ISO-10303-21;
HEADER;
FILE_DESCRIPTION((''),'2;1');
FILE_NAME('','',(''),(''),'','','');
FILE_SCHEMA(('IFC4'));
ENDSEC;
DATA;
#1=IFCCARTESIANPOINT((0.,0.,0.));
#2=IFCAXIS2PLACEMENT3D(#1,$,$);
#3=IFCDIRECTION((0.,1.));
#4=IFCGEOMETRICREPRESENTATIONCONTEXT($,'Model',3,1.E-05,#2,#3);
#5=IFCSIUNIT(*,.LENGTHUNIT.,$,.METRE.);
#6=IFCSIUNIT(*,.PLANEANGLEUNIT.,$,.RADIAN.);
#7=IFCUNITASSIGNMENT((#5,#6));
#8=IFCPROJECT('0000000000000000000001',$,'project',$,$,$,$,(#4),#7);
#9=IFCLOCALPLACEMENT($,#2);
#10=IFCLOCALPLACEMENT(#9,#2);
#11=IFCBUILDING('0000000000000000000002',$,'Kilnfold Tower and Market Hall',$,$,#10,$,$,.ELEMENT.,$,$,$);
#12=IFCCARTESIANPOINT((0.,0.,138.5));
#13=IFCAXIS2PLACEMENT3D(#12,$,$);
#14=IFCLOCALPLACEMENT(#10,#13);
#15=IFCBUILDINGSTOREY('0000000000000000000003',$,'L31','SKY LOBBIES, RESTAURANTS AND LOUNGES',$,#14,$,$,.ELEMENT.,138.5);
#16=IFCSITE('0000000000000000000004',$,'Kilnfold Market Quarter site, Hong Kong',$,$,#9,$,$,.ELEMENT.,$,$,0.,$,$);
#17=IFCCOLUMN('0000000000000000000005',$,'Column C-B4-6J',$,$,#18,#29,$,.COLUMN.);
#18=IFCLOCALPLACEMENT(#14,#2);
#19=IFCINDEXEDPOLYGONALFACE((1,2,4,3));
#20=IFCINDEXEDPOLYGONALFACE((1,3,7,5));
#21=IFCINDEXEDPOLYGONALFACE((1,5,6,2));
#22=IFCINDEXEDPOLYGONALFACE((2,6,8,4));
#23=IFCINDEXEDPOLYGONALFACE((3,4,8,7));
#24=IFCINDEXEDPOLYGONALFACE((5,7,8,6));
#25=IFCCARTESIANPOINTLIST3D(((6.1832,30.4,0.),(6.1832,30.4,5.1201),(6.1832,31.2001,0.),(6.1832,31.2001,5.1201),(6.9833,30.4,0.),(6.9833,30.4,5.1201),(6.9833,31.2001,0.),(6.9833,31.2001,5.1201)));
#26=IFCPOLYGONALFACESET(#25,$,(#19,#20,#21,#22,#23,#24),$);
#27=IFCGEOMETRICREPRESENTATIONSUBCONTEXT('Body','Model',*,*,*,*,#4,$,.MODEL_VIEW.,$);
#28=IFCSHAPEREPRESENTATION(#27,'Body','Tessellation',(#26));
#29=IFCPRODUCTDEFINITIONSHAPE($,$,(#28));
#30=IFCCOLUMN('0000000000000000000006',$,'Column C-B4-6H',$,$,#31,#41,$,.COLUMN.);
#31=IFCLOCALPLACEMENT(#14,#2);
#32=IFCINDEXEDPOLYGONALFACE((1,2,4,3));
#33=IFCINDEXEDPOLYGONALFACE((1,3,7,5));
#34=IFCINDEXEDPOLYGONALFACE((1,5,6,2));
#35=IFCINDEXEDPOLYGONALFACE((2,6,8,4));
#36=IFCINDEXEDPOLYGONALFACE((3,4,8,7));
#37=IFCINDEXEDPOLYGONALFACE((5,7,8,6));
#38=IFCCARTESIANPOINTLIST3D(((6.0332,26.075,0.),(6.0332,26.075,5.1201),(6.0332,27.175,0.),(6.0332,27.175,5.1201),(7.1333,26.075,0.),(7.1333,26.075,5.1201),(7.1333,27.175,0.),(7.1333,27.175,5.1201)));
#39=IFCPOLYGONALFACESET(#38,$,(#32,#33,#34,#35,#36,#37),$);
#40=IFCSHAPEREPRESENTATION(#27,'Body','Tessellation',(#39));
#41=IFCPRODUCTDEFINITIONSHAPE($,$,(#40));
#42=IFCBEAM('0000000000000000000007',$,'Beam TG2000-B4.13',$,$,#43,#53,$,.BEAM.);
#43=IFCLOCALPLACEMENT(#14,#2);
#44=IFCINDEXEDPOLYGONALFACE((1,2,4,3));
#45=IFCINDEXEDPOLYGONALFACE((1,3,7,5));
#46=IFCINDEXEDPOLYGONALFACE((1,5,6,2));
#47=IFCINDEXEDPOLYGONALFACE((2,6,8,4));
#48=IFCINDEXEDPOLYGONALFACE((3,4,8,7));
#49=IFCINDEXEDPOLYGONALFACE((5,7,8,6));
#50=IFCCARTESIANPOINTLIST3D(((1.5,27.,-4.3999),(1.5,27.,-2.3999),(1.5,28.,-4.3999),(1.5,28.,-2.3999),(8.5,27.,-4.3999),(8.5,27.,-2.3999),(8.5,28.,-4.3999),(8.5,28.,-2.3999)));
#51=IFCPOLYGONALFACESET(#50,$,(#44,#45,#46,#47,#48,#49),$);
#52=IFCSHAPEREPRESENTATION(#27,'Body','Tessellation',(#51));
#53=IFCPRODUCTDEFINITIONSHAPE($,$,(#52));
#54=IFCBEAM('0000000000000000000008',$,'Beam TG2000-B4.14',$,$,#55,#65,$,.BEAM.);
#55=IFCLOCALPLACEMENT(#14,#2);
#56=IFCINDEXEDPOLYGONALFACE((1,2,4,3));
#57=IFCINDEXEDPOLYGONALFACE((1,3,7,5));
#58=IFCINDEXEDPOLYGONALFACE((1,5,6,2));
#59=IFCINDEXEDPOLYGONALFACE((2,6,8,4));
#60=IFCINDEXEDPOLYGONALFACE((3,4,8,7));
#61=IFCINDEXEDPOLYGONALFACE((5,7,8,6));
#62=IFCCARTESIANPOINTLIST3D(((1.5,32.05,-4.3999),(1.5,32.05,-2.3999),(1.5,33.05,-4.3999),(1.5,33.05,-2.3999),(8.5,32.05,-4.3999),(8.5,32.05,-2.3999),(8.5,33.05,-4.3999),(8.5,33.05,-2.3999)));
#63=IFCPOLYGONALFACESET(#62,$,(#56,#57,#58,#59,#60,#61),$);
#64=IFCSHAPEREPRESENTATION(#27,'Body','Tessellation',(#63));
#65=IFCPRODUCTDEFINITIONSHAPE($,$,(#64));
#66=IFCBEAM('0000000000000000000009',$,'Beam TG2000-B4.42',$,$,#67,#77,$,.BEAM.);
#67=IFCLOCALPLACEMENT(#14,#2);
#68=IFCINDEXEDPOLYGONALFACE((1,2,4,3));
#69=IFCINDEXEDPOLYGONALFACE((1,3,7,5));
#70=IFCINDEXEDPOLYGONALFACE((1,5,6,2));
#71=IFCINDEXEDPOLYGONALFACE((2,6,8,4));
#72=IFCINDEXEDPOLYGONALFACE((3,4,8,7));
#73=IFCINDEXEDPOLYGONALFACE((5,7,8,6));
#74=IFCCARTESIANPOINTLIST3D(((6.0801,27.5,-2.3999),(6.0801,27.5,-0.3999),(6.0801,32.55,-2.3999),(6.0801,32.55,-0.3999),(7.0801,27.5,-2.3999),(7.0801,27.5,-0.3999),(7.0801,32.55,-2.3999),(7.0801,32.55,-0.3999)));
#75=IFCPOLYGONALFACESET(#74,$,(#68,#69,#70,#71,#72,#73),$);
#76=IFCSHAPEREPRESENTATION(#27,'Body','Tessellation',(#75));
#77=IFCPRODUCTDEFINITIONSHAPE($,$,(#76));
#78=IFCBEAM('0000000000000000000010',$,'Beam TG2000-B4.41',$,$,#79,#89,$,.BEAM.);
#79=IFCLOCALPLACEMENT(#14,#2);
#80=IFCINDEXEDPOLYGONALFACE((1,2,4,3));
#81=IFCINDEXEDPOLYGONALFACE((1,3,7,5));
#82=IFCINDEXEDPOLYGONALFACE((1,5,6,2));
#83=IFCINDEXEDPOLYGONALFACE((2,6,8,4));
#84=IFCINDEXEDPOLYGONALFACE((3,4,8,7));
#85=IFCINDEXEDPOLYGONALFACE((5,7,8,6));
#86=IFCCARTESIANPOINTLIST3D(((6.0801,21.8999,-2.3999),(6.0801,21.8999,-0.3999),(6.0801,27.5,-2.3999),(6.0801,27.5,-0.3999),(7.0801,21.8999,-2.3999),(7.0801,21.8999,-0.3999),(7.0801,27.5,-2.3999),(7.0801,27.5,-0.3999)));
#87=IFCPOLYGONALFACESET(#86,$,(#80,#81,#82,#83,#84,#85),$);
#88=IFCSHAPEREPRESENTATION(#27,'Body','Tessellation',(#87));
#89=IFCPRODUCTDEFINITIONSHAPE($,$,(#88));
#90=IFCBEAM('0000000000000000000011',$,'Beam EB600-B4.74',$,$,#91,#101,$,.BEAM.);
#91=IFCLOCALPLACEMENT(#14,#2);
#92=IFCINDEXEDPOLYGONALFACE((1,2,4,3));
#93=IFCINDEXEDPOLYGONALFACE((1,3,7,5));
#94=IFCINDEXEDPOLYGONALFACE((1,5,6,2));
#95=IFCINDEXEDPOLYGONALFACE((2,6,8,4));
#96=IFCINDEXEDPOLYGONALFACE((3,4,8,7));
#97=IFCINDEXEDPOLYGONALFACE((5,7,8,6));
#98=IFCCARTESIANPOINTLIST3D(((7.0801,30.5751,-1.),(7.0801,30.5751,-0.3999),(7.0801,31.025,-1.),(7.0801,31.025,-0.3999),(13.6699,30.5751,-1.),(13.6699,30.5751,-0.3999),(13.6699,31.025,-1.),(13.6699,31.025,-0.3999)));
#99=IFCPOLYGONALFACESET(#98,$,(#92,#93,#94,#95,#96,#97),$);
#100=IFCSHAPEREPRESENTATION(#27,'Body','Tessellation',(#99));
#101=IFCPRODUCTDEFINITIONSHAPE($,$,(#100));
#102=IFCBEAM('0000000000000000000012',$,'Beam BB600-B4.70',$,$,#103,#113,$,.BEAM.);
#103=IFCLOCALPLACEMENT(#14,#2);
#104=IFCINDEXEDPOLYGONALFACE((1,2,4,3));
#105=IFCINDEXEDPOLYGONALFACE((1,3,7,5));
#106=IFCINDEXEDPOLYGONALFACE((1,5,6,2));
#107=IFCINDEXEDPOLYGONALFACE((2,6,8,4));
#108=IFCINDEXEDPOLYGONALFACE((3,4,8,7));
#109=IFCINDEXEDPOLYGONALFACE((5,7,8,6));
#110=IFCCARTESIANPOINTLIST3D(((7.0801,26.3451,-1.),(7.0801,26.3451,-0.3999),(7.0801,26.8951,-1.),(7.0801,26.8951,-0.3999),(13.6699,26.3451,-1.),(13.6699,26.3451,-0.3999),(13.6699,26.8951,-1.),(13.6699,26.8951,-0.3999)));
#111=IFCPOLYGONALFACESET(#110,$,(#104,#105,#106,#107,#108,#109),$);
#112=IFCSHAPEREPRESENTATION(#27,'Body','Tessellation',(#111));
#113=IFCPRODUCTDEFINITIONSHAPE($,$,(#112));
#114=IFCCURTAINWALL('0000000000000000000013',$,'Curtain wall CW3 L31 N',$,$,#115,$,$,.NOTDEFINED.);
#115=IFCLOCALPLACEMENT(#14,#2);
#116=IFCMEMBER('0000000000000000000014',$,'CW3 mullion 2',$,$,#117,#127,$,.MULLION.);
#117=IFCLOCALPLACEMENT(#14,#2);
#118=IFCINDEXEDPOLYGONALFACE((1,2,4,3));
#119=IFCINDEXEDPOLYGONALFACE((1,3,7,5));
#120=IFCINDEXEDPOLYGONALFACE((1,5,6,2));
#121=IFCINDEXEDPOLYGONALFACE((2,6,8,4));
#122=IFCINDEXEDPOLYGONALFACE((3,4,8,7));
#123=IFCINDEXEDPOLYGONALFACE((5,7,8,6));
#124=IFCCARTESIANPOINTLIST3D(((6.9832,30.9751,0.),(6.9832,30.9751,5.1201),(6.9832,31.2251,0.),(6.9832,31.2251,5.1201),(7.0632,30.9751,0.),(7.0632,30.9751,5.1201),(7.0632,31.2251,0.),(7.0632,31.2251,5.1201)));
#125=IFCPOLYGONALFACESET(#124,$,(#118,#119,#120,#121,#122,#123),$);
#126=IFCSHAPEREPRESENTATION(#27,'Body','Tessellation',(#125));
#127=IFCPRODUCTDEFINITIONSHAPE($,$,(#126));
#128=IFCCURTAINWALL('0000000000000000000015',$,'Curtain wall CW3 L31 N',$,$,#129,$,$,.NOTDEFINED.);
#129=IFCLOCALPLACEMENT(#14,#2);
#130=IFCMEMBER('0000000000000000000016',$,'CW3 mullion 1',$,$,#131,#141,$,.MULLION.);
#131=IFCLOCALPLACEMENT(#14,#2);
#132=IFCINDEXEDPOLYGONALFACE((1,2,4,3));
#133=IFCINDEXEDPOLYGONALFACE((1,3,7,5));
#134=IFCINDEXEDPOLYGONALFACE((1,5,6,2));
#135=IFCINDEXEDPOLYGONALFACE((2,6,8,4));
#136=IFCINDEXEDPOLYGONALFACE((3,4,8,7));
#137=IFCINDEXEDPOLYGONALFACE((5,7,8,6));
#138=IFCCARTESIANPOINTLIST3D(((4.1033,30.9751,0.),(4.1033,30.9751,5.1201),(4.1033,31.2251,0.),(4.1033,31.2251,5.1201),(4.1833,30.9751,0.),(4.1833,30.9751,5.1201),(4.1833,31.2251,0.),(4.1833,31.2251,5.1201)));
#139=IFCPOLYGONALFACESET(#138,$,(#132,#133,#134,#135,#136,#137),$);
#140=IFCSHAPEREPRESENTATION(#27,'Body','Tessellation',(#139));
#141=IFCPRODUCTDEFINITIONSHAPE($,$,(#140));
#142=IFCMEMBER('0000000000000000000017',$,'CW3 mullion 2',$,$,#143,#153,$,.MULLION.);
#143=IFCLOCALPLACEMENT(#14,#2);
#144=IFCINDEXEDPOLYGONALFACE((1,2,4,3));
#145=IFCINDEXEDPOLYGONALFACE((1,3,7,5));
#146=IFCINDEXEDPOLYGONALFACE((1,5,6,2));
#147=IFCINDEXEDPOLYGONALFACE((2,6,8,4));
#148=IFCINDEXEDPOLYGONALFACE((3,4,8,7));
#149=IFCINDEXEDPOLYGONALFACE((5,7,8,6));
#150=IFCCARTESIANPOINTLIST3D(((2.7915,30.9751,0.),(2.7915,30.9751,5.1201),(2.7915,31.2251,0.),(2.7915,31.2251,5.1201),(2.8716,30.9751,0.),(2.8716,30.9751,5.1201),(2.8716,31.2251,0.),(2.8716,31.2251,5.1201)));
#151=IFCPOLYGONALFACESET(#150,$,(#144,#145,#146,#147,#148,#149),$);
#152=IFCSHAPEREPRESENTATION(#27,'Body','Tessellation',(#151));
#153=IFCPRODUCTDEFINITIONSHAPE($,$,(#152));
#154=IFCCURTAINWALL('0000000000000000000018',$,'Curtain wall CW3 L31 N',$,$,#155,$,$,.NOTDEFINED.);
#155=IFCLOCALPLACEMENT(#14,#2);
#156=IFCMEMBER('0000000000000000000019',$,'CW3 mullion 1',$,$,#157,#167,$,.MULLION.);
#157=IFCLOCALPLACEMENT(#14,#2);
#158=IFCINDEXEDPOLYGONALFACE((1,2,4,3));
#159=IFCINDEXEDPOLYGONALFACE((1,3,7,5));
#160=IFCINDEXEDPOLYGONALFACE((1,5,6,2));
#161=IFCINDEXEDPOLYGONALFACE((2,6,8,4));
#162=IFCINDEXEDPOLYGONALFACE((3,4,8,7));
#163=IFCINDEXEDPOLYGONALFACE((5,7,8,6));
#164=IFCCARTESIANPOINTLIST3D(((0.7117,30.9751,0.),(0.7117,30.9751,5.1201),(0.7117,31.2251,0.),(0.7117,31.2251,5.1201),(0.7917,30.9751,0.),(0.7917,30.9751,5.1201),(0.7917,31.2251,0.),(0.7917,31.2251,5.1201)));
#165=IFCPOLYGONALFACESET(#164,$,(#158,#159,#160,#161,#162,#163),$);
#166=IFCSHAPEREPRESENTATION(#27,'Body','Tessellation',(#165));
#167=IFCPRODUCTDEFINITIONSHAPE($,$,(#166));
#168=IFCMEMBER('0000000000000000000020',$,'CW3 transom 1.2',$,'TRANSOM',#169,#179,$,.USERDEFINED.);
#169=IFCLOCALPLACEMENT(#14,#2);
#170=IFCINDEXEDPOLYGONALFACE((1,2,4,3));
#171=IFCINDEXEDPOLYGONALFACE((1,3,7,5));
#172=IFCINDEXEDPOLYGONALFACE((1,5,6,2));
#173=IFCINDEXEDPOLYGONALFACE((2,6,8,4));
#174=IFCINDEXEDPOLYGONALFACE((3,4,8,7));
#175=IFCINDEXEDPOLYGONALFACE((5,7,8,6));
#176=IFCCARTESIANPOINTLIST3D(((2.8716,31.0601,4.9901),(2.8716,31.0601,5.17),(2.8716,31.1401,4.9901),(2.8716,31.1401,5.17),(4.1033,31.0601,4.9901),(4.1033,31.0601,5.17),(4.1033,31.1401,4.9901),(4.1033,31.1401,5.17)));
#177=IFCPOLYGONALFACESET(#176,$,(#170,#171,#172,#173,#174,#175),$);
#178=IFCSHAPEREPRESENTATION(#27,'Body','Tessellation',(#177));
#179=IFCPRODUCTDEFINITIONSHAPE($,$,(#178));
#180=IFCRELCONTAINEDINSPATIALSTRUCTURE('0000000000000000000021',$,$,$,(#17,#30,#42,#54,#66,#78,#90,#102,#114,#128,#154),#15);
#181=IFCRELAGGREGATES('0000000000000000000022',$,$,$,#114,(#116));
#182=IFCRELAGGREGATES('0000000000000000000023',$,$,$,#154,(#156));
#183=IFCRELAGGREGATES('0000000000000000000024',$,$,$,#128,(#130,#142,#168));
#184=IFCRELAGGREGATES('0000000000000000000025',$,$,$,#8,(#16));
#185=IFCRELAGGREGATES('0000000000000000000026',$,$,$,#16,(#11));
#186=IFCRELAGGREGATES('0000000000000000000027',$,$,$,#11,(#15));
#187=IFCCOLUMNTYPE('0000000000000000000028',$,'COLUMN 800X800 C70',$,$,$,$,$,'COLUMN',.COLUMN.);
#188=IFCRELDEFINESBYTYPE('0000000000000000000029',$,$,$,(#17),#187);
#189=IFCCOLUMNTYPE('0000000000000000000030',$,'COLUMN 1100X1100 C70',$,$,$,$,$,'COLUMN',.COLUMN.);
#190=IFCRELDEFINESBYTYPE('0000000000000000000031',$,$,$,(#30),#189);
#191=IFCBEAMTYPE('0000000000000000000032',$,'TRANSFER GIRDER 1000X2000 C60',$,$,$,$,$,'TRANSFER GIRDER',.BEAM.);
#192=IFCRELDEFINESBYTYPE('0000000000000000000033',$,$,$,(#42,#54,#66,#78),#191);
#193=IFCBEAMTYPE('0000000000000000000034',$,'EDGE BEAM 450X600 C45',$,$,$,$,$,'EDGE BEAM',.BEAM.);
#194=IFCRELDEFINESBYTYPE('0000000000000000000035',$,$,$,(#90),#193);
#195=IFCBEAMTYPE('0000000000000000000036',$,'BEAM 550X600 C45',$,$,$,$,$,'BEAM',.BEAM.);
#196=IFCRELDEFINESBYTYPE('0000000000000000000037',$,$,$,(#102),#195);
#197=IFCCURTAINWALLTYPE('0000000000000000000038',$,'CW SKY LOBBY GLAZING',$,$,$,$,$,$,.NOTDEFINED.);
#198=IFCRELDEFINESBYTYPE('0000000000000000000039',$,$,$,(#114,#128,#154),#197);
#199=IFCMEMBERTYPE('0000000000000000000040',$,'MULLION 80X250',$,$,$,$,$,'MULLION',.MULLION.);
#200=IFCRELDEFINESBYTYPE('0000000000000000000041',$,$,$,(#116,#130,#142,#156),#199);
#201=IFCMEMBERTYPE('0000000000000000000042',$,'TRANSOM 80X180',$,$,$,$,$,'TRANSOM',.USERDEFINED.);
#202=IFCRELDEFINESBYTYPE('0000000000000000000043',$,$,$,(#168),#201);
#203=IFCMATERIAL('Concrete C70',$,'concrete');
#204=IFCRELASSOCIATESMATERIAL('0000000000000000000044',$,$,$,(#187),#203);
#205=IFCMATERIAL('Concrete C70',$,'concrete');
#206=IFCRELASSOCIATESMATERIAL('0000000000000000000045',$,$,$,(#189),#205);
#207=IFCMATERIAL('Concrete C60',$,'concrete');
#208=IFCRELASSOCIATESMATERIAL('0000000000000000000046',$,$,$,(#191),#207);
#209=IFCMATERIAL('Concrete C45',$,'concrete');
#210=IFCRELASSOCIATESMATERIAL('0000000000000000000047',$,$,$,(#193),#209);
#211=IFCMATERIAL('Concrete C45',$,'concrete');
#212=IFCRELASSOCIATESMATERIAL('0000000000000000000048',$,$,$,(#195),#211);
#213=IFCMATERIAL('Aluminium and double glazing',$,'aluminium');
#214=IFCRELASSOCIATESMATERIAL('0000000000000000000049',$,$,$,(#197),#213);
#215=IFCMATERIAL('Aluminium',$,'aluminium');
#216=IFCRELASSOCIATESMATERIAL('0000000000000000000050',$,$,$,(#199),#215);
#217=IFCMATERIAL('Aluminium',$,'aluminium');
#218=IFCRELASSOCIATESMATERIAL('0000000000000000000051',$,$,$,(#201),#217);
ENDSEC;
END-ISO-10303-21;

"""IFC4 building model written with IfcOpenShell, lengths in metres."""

from ifc_helpers import new_model, si_unit, direction, frame, origin, origin_2d, place, context, subcontext, project, spatial, rectangle, extrude, source, transform, mapped, material, material_profile, profile_set, type_object, element, aggregate, save


model = new_model("IFC4")

# Units and contexts
model_context = context("Model", 3, precision=1e-05, world=origin(), true_north=direction((0.0, 1.0)))
body_context = subcontext(model_context, "Body", "Model", "MODEL_VIEW")
ifc_project = project(units=[si_unit("LENGTHUNIT", "METRE"), si_unit("PLANEANGLEUNIT", "RADIAN")], contexts=[model_context])

# Site, building, storey
site_placement = place(None, origin())
site = spatial("IfcSite", under=ifc_project, at=site_placement, Name="Kilnfold Market Quarter site, Hong Kong", CompositionType="ELEMENT", RefElevation=0.0)
building_placement = place(site_placement, origin())
building = spatial("IfcBuilding", under=site, at=building_placement, Name="Kilnfold Tower and Market Hall", CompositionType="ELEMENT")
storey_placement = place(building_placement, frame((0.0, 0.0, 138.5)))
storey = spatial("IfcBuildingStorey", under=building, at=storey_placement, Name="L31", Description="SKY LOBBIES, RESTAURANTS AND LOUNGES", CompositionType="ELEMENT", Elevation=138.5)

# Columns
ifc_material_1 = material(Name="Concrete C70", Category="concrete")
ifc_material_profile_1 = material_profile(ifc_material_1, rectangle(XDim=0.8, YDim=0.8, at=origin_2d()), Name="RC 800x800")
ifc_profile_set_1 = profile_set([ifc_material_profile_1], Name="Concrete C70")
column_type_1 = type_object("IfcColumnType", Name="COLUMN 800X800 C70", ElementType="COLUMN", PredefinedType="COLUMN", material=ifc_profile_set_1)
shared_shape_1 = source(origin(), body_context, "Body", "SweptSolid", [
    extrude(rectangle(XDim=0.8, YDim=0.8, at=origin_2d()), origin(), (0.0, 0.0, 1.0), 5.1201),
])
column_1_placement = place(storey_placement, frame((6.5833, 30.8, 0.0), z_axis=(0.0, 0.0, 1.0), x_axis=(1.0, 0.0, 0.0)))
element("IfcColumn", 1, at=column_1_placement, inside=storey, type_object=column_type_1, Name="Column C-B4-6J", PredefinedType="COLUMN", context=body_context, shape_type="MappedRepresentation", body=[
    mapped(shared_shape_1, transform((0.0, 0.0, 0.0))),
])
ifc_material_2 = material(Name="Concrete C70", Category="concrete")
ifc_material_profile_2 = material_profile(ifc_material_2, rectangle(XDim=1.1001, YDim=1.1001, at=origin_2d()), Name="RC 1100x1100")
ifc_profile_set_2 = profile_set([ifc_material_profile_2], Name="Concrete C70")
column_type_2 = type_object("IfcColumnType", Name="COLUMN 1100X1100 C70", ElementType="COLUMN", PredefinedType="COLUMN", material=ifc_profile_set_2)
shared_shape_2 = source(origin(), body_context, "Body", "SweptSolid", [
    extrude(rectangle(XDim=1.1001, YDim=1.1001, at=origin_2d()), origin(), (0.0, 0.0, 1.0), 5.1201),
])
column_2_placement = place(storey_placement, frame((6.5833, 26.625, 0.0), z_axis=(0.0, 0.0, 1.0), x_axis=(1.0, 0.0, 0.0)))
element("IfcColumn", 2, at=column_2_placement, inside=storey, type_object=column_type_2, Name="Column C-B4-6H", PredefinedType="COLUMN", context=body_context, shape_type="MappedRepresentation", body=[
    mapped(shared_shape_2, transform((0.0, 0.0, 0.0))),
])

# Beams
ifc_material_3 = material(Name="Concrete C60", Category="concrete")
ifc_material_profile_3 = material_profile(ifc_material_3, rectangle(XDim=1.0, YDim=2.0, at=origin_2d()), Name="RC 1000x2000")
ifc_profile_set_3 = profile_set([ifc_material_profile_3], Name="Concrete C60")
beam_type_1 = type_object("IfcBeamType", Name="TRANSFER GIRDER 1000X2000 C60", ElementType="TRANSFER GIRDER", PredefinedType="BEAM", material=ifc_profile_set_3)
shared_shape_3 = source(origin(), body_context, "Body", "SweptSolid", [
    extrude(rectangle(XDim=1.0, YDim=2.0, at=origin_2d()), origin(), (0.0, 0.0, 1.0), 7.0),
])
for number, where, z_axis, x_axis, name in (
    (3, (1.5, 27.5, -3.3999), (1.0, 0.0, 0.0), (0.0, 1.0, 0.0), "Beam TG2000-B4.13"),
    (4, (1.5, 32.55, -3.3999), (1.0, 0.0, 0.0), (0.0, 1.0, 0.0), "Beam TG2000-B4.14"),
):
    element("IfcBeam", number, at=place(storey_placement, frame(where, z_axis=z_axis, x_axis=x_axis)), inside=storey, type_object=beam_type_1, Name=name, PredefinedType="BEAM", context=body_context, shape_type="MappedRepresentation", body=[
        mapped(shared_shape_3, transform((0.0, 0.0, 0.0))),
    ])
shared_shape_4 = source(origin(), body_context, "Body", "SweptSolid", [
    extrude(rectangle(XDim=1.0, YDim=2.0, at=origin_2d()), origin(), (0.0, 0.0, 1.0), 5.05),
])
beam_1_placement = place(storey_placement, frame((6.5801, 27.5, -1.3999), z_axis=(0.0, 1.0, 0.0), x_axis=(-1.0, 0.0, 0.0)))
element("IfcBeam", 5, at=beam_1_placement, inside=storey, type_object=beam_type_1, Name="Beam TG2000-B4.42", PredefinedType="BEAM", context=body_context, shape_type="MappedRepresentation", body=[
    mapped(shared_shape_4, transform((0.0, 0.0, 0.0))),
])
shared_shape_5 = source(origin(), body_context, "Body", "SweptSolid", [
    extrude(rectangle(XDim=1.0, YDim=2.0, at=origin_2d()), origin(), (0.0, 0.0, 1.0), 5.6001),
])
beam_2_placement = place(storey_placement, frame((6.5801, 21.8999, -1.3999), z_axis=(0.0, 1.0, 0.0), x_axis=(-1.0, 0.0, 0.0)))
element("IfcBeam", 6, at=beam_2_placement, inside=storey, type_object=beam_type_1, Name="Beam TG2000-B4.41", PredefinedType="BEAM", context=body_context, shape_type="MappedRepresentation", body=[
    mapped(shared_shape_5, transform((0.0, 0.0, 0.0))),
])
ifc_material_4 = material(Name="Concrete C45", Category="concrete")
ifc_material_profile_4 = material_profile(ifc_material_4, rectangle(XDim=0.45, YDim=0.6001, at=origin_2d()), Name="RC 450x600")
ifc_profile_set_4 = profile_set([ifc_material_profile_4], Name="Concrete C45")
beam_type_2 = type_object("IfcBeamType", Name="EDGE BEAM 450X600 C45", ElementType="EDGE BEAM", PredefinedType="BEAM", material=ifc_profile_set_4)
shared_shape_6 = source(origin(), body_context, "Body", "SweptSolid", [
    extrude(rectangle(XDim=0.45, YDim=0.6001, at=origin_2d()), origin(), (0.0, 0.0, 1.0), 6.5898),
])
beam_3_placement = place(storey_placement, frame((7.0801, 30.8, -0.7), z_axis=(1.0, 0.0, 0.0), x_axis=(0.0, 1.0, 0.0)))
element("IfcBeam", 7, at=beam_3_placement, inside=storey, type_object=beam_type_2, Name="Beam EB600-B4.74", PredefinedType="BEAM", context=body_context, shape_type="MappedRepresentation", body=[
    mapped(shared_shape_6, transform((0.0, 0.0, 0.0))),
])
ifc_material_5 = material(Name="Concrete C45", Category="concrete")
ifc_material_profile_5 = material_profile(ifc_material_5, rectangle(XDim=0.55, YDim=0.6001, at=origin_2d()), Name="RC 550x600")
ifc_profile_set_5 = profile_set([ifc_material_profile_5], Name="Concrete C45")
beam_type_3 = type_object("IfcBeamType", Name="BEAM 550X600 C45", ElementType="BEAM", PredefinedType="BEAM", material=ifc_profile_set_5)
shared_shape_7 = source(origin(), body_context, "Body", "SweptSolid", [
    extrude(rectangle(XDim=0.55, YDim=0.6001, at=origin_2d()), origin(), (0.0, 0.0, 1.0), 6.5898),
])
beam_4_placement = place(storey_placement, frame((7.0801, 26.6201, -0.7), z_axis=(1.0, 0.0, 0.0), x_axis=(0.0, 1.0, 0.0)))
element("IfcBeam", 8, at=beam_4_placement, inside=storey, type_object=beam_type_3, Name="Beam BB600-B4.70", PredefinedType="BEAM", context=body_context, shape_type="MappedRepresentation", body=[
    mapped(shared_shape_7, transform((0.0, 0.0, 0.0))),
])

# Curtain wall, member
ifc_material_6 = material(Name="Aluminium and double glazing", Category="aluminium")
curtain_wall_type = type_object("IfcCurtainWallType", Name="CW SKY LOBBY GLAZING", PredefinedType="NOTDEFINED", material=ifc_material_6)
curtain_wall_1_placement = place(storey_placement, origin())
curtain_wall_1 = element("IfcCurtainWall", 9, at=curtain_wall_1_placement, inside=storey, type_object=curtain_wall_type, Name="Curtain wall CW3 L31 N", PredefinedType="NOTDEFINED")
ifc_material_7 = material(Name="Aluminium", Category="aluminium")
ifc_material_profile_6 = material_profile(ifc_material_7, rectangle(XDim=0.0801, YDim=0.25, at=origin_2d()), Name="MULLION 80x250")
ifc_profile_set_6 = profile_set([ifc_material_profile_6], Name="Aluminium")
member_type_1 = type_object("IfcMemberType", Name="MULLION 80X250", ElementType="MULLION", PredefinedType="MULLION", material=ifc_profile_set_6)
shared_shape_8 = source(origin(), body_context, "Body", "SweptSolid", [
    extrude(rectangle(XDim=0.0801, YDim=0.25, at=origin_2d()), origin(), (0.0, 0.0, 1.0), 5.1201),
])
member_1_placement = place(storey_placement, frame((7.0232, 31.1001, 0.0), z_axis=(0.0, 0.0, 1.0), x_axis=(-1.0, 0.0, 0.0)))
member_1 = element("IfcMember", 10, at=member_1_placement, type_object=member_type_1, Name="CW3 mullion 2", PredefinedType="MULLION", context=body_context, shape_type="MappedRepresentation", body=[
    mapped(shared_shape_8, transform((0.0, 0.0, 0.0))),
])
aggregate(curtain_wall_1, [member_1])

# Curtain wall, members
curtain_wall_2_placement = place(storey_placement, origin())
curtain_wall_2 = element("IfcCurtainWall", 11, at=curtain_wall_2_placement, inside=storey, type_object=curtain_wall_type, Name="Curtain wall CW3 L31 N", PredefinedType="NOTDEFINED")
member_2_placement = place(storey_placement, frame((4.1433, 31.1001, 0.0), z_axis=(0.0, 0.0, 1.0), x_axis=(-1.0, 0.0, 0.0)))
member_2 = element("IfcMember", 12, at=member_2_placement, type_object=member_type_1, Name="CW3 mullion 1", PredefinedType="MULLION", context=body_context, shape_type="MappedRepresentation", body=[
    mapped(shared_shape_8, transform((0.0, 0.0, 0.0))),
])
member_3_placement = place(storey_placement, frame((2.8315, 31.1001, 0.0), z_axis=(0.0, 0.0, 1.0), x_axis=(-1.0, 0.0, 0.0)))
member_3 = element("IfcMember", 13, at=member_3_placement, type_object=member_type_1, Name="CW3 mullion 2", PredefinedType="MULLION", context=body_context, shape_type="MappedRepresentation", body=[
    mapped(shared_shape_8, transform((0.0, 0.0, 0.0))),
])

# Curtain wall, member
curtain_wall_3_placement = place(storey_placement, origin())
curtain_wall_3 = element("IfcCurtainWall", 14, at=curtain_wall_3_placement, inside=storey, type_object=curtain_wall_type, Name="Curtain wall CW3 L31 N", PredefinedType="NOTDEFINED")
member_4_placement = place(storey_placement, frame((0.7517, 31.1001, 0.0), z_axis=(0.0, 0.0, 1.0), x_axis=(-1.0, 0.0, 0.0)))
member_4 = element("IfcMember", 15, at=member_4_placement, type_object=member_type_1, Name="CW3 mullion 1", PredefinedType="MULLION", context=body_context, shape_type="MappedRepresentation", body=[
    mapped(shared_shape_8, transform((0.0, 0.0, 0.0))),
])

# Member
ifc_material_8 = material(Name="Aluminium", Category="aluminium")
ifc_material_profile_7 = material_profile(ifc_material_8, rectangle(XDim=0.0801, YDim=0.1799, at=origin_2d()), Name="TRANSOM 80x180")
ifc_profile_set_7 = profile_set([ifc_material_profile_7], Name="Aluminium")
member_type_2 = type_object("IfcMemberType", Name="TRANSOM 80X180", ElementType="TRANSOM", PredefinedType="USERDEFINED", material=ifc_profile_set_7)
shared_shape_9 = source(origin(), body_context, "Body", "SweptSolid", [
    extrude(rectangle(XDim=0.0801, YDim=0.1799, at=origin_2d()), origin(), (0.0, 0.0, 1.0), 1.2317),
])
member_5_placement = place(storey_placement, frame((4.1033, 31.1001, 5.0801), z_axis=(-1.0, 0.0, 0.0), x_axis=(0.0, -1.0, 0.0)))
member_5 = element("IfcMember", 16, at=member_5_placement, type_object=member_type_2, Name="CW3 transom 1.2", ObjectType="TRANSOM", PredefinedType="USERDEFINED", context=body_context, shape_type="MappedRepresentation", body=[
    mapped(shared_shape_9, transform((0.0, 0.0, 0.0))),
])
aggregate(curtain_wall_3, [member_4])

aggregate(curtain_wall_2, [member_2, member_3, member_5])

save(model, "model.ifc")
